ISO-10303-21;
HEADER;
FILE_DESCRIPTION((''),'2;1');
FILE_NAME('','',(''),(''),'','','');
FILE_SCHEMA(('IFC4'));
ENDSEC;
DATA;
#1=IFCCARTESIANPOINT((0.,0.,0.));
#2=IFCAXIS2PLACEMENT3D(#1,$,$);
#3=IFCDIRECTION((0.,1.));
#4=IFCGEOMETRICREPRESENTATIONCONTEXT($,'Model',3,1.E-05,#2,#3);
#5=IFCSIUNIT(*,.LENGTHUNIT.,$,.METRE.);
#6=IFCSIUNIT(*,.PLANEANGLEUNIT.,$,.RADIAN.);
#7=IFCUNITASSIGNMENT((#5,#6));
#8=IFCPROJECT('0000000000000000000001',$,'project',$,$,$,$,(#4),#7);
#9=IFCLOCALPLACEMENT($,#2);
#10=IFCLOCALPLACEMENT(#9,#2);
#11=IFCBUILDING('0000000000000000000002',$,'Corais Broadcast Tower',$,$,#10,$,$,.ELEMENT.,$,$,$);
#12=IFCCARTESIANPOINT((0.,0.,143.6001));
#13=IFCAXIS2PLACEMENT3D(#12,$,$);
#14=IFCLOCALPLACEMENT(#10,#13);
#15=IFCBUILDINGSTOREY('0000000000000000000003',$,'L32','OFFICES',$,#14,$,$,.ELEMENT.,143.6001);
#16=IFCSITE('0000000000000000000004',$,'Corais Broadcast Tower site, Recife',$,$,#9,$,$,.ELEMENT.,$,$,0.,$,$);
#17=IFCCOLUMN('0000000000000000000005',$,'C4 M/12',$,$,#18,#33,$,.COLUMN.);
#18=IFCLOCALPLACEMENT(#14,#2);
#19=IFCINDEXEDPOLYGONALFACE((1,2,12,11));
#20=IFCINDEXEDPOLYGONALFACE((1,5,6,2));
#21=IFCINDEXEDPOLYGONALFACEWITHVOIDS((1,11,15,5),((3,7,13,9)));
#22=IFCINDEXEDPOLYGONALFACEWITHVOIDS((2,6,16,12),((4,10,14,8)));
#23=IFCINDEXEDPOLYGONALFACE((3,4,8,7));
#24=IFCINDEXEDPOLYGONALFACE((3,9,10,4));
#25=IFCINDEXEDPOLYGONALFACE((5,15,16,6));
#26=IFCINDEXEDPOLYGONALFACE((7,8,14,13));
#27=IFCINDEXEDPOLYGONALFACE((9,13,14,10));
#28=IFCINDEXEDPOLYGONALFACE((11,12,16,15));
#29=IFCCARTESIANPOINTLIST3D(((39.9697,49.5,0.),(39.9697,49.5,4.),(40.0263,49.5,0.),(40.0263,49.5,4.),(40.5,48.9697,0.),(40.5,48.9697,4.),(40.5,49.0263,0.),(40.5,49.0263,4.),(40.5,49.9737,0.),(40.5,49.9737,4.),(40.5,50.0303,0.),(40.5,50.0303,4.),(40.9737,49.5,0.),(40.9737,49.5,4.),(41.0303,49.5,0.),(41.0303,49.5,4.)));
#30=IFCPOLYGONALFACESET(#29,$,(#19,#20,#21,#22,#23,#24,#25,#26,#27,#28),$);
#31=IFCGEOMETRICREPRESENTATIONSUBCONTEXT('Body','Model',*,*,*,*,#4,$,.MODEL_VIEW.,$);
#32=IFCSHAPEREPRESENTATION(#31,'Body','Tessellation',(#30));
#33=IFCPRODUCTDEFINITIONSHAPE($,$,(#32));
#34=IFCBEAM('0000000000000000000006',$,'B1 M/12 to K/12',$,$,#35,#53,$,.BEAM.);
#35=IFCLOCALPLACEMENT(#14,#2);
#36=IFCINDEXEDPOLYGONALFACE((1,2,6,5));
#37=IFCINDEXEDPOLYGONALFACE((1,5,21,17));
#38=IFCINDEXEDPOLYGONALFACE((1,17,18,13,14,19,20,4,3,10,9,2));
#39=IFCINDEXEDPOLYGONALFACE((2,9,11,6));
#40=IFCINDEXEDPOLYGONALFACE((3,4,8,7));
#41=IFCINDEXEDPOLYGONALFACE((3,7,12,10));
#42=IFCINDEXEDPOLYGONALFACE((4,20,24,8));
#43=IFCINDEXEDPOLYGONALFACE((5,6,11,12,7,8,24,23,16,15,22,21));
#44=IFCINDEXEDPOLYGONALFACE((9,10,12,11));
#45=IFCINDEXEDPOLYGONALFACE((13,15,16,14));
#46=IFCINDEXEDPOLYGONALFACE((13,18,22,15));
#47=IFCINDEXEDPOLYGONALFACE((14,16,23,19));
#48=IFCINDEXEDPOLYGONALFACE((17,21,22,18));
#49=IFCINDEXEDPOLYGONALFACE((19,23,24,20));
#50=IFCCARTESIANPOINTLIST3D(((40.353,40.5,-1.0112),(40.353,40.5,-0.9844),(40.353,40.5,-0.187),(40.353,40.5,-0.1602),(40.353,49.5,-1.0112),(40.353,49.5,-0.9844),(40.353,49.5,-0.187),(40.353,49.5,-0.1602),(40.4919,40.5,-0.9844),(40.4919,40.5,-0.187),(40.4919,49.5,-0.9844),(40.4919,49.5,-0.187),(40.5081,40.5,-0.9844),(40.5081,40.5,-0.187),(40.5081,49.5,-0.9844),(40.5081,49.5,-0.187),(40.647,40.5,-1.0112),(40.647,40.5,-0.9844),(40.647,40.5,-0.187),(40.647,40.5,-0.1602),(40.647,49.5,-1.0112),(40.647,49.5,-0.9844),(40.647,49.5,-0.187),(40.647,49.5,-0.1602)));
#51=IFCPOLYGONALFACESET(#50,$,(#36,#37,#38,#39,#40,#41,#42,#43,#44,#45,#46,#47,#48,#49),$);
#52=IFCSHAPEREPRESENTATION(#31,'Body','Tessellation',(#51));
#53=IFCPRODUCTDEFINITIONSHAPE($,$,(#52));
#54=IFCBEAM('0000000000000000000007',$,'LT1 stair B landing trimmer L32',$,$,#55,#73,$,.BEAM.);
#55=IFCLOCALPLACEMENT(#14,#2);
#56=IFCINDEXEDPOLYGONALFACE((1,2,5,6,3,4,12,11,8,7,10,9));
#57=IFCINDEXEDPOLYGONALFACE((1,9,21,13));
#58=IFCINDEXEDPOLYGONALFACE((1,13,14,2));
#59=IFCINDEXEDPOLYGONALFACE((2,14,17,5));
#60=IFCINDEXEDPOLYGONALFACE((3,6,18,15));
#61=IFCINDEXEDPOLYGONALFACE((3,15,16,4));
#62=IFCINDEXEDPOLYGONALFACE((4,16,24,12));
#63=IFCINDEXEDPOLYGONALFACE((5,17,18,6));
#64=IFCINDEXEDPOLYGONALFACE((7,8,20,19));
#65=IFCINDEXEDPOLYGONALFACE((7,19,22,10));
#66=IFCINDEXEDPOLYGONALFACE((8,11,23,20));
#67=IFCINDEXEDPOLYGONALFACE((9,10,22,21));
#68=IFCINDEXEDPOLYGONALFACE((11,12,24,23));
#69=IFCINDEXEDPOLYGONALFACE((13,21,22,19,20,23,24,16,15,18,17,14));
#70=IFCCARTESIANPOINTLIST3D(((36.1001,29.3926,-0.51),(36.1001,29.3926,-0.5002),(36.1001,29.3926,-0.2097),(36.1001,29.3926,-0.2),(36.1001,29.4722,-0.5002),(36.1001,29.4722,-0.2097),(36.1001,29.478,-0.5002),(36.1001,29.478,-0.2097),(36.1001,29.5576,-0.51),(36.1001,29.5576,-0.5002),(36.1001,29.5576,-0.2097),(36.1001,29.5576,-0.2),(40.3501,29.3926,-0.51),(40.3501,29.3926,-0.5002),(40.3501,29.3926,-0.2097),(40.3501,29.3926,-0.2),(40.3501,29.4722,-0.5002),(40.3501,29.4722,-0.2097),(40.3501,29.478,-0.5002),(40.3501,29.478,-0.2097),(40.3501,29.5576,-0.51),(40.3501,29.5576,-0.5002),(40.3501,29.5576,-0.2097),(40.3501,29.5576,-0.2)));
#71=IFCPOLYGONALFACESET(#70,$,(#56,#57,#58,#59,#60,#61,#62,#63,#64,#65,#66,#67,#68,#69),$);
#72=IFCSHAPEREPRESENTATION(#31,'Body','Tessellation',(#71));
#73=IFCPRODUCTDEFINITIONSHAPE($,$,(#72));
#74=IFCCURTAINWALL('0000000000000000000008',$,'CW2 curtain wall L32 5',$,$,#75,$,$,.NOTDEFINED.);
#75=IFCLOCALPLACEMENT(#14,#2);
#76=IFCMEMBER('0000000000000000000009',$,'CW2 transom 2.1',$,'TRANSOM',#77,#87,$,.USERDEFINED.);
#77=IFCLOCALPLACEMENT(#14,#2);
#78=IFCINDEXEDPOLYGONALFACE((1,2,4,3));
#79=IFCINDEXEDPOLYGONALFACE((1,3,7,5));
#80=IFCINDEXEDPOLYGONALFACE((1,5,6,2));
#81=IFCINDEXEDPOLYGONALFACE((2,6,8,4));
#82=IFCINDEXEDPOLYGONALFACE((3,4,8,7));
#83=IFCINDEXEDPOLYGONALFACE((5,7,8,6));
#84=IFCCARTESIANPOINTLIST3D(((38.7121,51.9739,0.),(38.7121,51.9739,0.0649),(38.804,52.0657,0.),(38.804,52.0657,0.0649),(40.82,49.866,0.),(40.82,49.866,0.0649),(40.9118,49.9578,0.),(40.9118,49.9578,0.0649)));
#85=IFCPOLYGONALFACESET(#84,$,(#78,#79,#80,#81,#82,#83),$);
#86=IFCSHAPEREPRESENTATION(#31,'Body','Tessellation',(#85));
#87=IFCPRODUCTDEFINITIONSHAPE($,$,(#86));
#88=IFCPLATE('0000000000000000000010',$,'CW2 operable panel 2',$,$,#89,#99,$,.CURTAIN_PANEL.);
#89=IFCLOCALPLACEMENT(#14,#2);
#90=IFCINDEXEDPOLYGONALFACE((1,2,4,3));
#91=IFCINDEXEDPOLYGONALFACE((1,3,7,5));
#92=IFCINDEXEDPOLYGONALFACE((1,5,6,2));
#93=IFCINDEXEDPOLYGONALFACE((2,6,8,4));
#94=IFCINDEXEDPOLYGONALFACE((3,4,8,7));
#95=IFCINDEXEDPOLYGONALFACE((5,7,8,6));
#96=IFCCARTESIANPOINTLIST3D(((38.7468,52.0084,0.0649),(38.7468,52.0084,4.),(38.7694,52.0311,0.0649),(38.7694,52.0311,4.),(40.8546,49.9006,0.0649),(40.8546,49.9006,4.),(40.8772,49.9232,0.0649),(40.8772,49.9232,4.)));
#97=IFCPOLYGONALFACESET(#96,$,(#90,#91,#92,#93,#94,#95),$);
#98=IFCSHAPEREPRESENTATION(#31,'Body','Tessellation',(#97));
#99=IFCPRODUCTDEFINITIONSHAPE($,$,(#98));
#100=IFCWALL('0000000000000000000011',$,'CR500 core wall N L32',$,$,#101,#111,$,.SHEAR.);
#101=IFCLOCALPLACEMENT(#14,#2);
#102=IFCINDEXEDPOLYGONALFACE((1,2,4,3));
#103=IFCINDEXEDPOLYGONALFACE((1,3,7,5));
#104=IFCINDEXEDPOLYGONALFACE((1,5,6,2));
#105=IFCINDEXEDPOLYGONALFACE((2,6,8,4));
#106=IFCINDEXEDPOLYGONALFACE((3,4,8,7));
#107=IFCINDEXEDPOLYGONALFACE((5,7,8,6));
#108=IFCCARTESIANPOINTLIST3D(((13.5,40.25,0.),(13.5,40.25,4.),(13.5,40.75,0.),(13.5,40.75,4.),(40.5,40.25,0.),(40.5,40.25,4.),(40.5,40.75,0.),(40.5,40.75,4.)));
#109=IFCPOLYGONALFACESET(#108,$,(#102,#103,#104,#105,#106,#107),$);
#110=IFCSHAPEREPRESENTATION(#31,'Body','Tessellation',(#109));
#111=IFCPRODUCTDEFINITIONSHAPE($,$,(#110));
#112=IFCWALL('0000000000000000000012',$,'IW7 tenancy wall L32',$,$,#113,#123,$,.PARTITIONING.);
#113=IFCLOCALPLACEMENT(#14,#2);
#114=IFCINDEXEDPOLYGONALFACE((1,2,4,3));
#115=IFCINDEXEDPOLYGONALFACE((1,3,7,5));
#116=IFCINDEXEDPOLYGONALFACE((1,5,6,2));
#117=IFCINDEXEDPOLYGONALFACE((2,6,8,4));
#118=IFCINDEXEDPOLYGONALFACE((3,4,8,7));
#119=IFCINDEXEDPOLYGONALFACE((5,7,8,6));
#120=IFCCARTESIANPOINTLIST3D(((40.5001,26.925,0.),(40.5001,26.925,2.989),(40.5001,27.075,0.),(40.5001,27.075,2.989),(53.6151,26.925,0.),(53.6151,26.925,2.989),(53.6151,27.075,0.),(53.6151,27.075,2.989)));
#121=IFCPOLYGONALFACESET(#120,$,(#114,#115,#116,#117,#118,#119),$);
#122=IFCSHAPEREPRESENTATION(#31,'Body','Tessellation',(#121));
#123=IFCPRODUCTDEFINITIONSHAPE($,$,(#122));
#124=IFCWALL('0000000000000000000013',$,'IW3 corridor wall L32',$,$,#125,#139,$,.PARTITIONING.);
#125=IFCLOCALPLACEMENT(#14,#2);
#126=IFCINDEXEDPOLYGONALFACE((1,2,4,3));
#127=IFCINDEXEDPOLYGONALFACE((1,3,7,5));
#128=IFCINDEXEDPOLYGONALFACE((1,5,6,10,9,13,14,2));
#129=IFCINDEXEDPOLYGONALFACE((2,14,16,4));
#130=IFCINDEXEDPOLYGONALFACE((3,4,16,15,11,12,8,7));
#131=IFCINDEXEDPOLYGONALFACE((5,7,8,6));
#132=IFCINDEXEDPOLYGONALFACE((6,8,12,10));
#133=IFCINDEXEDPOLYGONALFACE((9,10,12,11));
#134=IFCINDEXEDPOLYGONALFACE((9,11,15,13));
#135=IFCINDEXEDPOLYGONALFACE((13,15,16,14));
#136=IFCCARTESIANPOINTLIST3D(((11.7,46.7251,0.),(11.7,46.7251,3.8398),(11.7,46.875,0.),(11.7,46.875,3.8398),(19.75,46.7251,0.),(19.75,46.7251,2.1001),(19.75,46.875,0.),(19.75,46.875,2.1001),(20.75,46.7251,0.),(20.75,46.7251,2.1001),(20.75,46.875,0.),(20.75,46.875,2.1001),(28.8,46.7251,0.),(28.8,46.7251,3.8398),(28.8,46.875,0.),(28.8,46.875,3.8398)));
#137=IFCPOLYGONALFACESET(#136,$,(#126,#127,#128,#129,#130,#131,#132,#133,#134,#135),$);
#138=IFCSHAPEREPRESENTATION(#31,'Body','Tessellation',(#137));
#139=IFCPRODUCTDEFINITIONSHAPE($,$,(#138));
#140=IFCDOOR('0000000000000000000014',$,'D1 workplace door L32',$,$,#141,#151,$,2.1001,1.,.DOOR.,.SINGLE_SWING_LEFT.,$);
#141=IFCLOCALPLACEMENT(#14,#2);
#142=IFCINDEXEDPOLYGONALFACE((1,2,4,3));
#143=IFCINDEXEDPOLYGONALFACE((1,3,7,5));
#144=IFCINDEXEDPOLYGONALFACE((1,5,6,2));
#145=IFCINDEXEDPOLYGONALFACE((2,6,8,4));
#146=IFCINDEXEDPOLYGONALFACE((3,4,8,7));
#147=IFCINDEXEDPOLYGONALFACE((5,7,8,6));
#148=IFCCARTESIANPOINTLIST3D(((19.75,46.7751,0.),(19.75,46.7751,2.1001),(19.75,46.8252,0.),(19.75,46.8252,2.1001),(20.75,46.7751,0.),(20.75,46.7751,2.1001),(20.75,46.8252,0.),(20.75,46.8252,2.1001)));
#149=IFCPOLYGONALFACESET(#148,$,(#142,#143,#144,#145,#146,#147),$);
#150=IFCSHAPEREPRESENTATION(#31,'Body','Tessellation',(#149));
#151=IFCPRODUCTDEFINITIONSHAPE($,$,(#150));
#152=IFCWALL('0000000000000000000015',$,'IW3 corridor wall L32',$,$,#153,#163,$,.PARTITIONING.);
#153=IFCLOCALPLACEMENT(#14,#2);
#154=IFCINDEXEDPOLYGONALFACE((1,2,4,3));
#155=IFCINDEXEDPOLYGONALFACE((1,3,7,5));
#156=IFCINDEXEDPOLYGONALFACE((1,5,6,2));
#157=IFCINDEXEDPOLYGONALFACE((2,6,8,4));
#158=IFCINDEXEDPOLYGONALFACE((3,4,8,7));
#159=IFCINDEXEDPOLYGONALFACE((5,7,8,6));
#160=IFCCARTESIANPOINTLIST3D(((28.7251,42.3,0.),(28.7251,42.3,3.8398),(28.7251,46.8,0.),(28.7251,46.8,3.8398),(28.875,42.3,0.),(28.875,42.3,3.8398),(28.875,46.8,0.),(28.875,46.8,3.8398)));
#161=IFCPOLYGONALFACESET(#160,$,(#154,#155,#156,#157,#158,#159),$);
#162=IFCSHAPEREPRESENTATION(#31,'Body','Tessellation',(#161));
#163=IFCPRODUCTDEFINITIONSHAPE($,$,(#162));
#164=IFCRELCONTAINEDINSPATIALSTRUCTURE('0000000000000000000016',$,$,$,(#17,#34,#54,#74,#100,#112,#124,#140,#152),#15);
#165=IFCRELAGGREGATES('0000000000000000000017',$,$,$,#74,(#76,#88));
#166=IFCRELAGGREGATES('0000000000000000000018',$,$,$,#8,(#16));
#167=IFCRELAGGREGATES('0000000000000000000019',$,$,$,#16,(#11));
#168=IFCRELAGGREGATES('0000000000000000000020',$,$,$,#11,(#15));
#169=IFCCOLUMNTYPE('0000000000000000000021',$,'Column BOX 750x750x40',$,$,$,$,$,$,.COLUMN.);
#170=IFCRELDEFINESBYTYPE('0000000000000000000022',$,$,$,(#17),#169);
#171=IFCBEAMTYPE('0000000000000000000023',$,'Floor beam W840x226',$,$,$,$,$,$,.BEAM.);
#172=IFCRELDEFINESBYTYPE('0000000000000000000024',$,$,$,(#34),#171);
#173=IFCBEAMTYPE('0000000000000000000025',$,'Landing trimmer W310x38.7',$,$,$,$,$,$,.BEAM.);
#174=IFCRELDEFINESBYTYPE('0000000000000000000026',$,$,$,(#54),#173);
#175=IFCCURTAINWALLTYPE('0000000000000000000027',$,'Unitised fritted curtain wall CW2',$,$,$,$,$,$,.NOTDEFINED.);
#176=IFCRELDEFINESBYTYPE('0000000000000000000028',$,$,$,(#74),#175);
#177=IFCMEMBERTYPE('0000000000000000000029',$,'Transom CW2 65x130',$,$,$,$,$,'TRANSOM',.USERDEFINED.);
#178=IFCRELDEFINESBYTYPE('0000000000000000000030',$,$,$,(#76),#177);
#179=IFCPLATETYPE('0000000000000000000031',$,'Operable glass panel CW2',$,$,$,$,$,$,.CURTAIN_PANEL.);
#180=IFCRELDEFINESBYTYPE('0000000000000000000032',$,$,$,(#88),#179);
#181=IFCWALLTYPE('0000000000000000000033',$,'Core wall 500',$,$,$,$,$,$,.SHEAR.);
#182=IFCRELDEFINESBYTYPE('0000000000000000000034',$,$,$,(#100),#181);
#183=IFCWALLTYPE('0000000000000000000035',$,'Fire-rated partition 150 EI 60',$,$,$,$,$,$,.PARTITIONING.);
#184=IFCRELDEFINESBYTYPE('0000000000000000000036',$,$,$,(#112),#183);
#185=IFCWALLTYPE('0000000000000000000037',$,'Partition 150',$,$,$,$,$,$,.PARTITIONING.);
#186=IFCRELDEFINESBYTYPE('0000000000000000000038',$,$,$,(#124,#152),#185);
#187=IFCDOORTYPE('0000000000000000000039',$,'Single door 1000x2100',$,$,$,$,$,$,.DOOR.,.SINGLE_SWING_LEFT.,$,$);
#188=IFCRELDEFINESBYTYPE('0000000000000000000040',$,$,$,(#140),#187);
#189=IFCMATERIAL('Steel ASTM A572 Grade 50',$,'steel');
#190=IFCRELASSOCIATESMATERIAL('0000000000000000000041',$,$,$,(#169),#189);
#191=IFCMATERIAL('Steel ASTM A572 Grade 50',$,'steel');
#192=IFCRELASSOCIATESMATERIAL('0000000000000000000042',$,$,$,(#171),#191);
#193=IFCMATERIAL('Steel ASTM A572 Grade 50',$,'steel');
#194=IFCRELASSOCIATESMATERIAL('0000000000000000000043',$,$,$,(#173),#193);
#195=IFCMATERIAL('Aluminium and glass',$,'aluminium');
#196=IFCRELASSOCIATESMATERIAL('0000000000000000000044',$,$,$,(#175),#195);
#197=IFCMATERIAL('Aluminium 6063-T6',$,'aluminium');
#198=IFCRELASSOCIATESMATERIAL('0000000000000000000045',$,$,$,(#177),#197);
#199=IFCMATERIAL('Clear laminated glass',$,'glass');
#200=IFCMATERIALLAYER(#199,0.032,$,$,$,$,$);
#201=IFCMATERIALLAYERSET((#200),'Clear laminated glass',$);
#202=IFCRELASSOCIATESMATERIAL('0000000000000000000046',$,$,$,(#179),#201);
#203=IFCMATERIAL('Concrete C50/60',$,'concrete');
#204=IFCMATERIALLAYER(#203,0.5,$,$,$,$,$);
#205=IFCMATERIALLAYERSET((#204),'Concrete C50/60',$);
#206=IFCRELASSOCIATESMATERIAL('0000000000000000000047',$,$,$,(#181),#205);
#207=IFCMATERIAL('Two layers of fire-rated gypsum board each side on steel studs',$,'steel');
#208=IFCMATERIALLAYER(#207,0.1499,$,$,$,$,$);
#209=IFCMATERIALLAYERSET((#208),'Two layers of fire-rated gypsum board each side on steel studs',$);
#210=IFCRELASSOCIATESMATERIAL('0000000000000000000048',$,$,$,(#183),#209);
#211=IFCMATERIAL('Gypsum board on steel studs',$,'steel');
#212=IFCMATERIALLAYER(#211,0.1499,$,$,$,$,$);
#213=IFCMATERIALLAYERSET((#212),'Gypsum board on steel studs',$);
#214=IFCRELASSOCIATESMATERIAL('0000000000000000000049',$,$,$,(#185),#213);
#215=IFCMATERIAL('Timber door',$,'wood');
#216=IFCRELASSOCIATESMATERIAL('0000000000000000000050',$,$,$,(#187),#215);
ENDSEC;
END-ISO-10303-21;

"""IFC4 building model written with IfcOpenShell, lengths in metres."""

from ifc_helpers import new_model, si_unit, direction, frame, frame_2d, origin, origin_2d, place, context, subcontext, project, spatial, rectangle, hollow_rectangle, i_section, extrude, material, layer, layer_set, material_profile, profile_set, type_object, element, fill, aggregate, save


model = new_model("IFC4")

# Units and contexts
model_context = context("Model", 3, precision=1e-05, world=origin(), true_north=direction((0.0, 1.0)))
body_context = subcontext(model_context, "Body", "Model", "MODEL_VIEW")
ifc_project = project(units=[si_unit("LENGTHUNIT", "METRE"), si_unit("PLANEANGLEUNIT", "RADIAN")], contexts=[model_context])

# Site, building, storey
site_placement = place(None, origin())
site = spatial("IfcSite", under=ifc_project, at=site_placement, Name="Corais Broadcast Tower site, Recife", CompositionType="ELEMENT", RefElevation=0.0)
building_placement = place(site_placement, origin())
building = spatial("IfcBuilding", under=site, at=building_placement, Name="Corais Broadcast Tower", CompositionType="ELEMENT")
storey_placement = place(building_placement, frame((0.0, 0.0, 143.6001)))
storey = spatial("IfcBuildingStorey", under=building, at=storey_placement, Name="L32", Description="OFFICES", CompositionType="ELEMENT", Elevation=143.6001)

# Column
ifc_material_1 = material(Name="Steel ASTM A572 Grade 50", Category="steel")
ifc_material_profile_1 = material_profile(ifc_material_1, hollow_rectangle(XDim=0.75, YDim=0.75, WallThickness=0.04, at=origin_2d()), Name="BOX 750x750x40")
ifc_profile_set_1 = profile_set([ifc_material_profile_1], Name="Steel ASTM A572 Grade 50")
column_type = type_object("IfcColumnType", Name="Column BOX 750x750x40", PredefinedType="COLUMN", material=ifc_profile_set_1)
column_placement = place(storey_placement, frame((40.5, 49.5, 0.0), z_axis=(0.0, 0.0, 1.0), x_axis=(0.707107, 0.707107, 0.0)))
element("IfcColumn", 1, at=column_placement, inside=storey, type_object=column_type, Name="C4 M/12", PredefinedType="COLUMN", context=body_context, shape_type="SweptSolid", body=[
    extrude(hollow_rectangle(XDim=0.75, YDim=0.75, WallThickness=0.04, at=origin_2d()), origin(), (0.0, 0.0, 1.0), 4.0),
])

# Beams
ifc_material_2 = material(Name="Steel ASTM A572 Grade 50", Category="steel")
ifc_material_profile_2 = material_profile(ifc_material_2, i_section(OverallWidth=0.2939, OverallDepth=0.8511, WebThickness=0.0161, FlangeThickness=0.0269, at=origin_2d()), Name="W840x226")
ifc_profile_set_2 = profile_set([ifc_material_profile_2], Name="Steel ASTM A572 Grade 50")
beam_type_1 = type_object("IfcBeamType", Name="Floor beam W840x226", PredefinedType="BEAM", material=ifc_profile_set_2)
beam_1_placement = place(storey_placement, frame((40.5, 49.5, -0.5857), z_axis=(0.0, -1.0, 0.0), x_axis=(1.0, 0.0, 0.0)))
element("IfcBeam", 2, at=beam_1_placement, inside=storey, type_object=beam_type_1, Name="B1 M/12 to K/12", PredefinedType="BEAM", context=body_context, shape_type="SweptSolid", body=[
    extrude(i_section(OverallWidth=0.2939, OverallDepth=0.8511, WebThickness=0.0161, FlangeThickness=0.0269, at=origin_2d()), origin(), (0.0, 0.0, 1.0), 9.0),
])
ifc_material_3 = material(Name="Steel ASTM A572 Grade 50", Category="steel")
ifc_material_profile_3 = material_profile(ifc_material_3, i_section(OverallWidth=0.165, OverallDepth=0.3101, WebThickness=0.0059, FlangeThickness=0.0098, at=origin_2d()), Name="W310x38.7")
ifc_profile_set_3 = profile_set([ifc_material_profile_3], Name="Steel ASTM A572 Grade 50")
beam_type_2 = type_object("IfcBeamType", Name="Landing trimmer W310x38.7", PredefinedType="BEAM", material=ifc_profile_set_3)
beam_2_placement = place(storey_placement, frame((36.1001, 29.4751, -0.355), z_axis=(1.0, 0.0, 0.0), x_axis=(0.0, 1.0, 0.0)))
element("IfcBeam", 3, at=beam_2_placement, inside=storey, type_object=beam_type_2, Name="LT1 stair B landing trimmer L32", PredefinedType="BEAM", context=body_context, shape_type="SweptSolid", body=[
    extrude(i_section(OverallWidth=0.165, OverallDepth=0.3101, WebThickness=0.0059, FlangeThickness=0.0098, at=origin_2d()), origin(), (0.0, 0.0, 1.0), 4.25),
])

# Curtain wall, member, plate
ifc_material_4 = material(Name="Aluminium and glass", Category="aluminium")
curtain_wall_type = type_object("IfcCurtainWallType", Name="Unitised fritted curtain wall CW2", PredefinedType="NOTDEFINED", material=ifc_material_4)
curtain_wall_placement = place(storey_placement, origin())
curtain_wall = element("IfcCurtainWall", 4, at=curtain_wall_placement, inside=storey, type_object=curtain_wall_type, Name="CW2 curtain wall L32 5", PredefinedType="NOTDEFINED")
ifc_material_5 = material(Name="Aluminium 6063-T6", Category="aluminium")
ifc_material_profile_4 = material_profile(ifc_material_5, rectangle(XDim=0.1299, YDim=0.0649, at=origin_2d()), Name="Transom CW2 65x130")
ifc_profile_set_4 = profile_set([ifc_material_profile_4], Name="Aluminium 6063-T6")
member_type = type_object("IfcMemberType", Name="Transom CW2 65x130", ElementType="TRANSOM", PredefinedType="USERDEFINED", material=ifc_profile_set_4)
member_placement = place(storey_placement, frame((38.7581, 52.0198, 0.0325), z_axis=(0.707107, -0.707107, 0.0), x_axis=(0.707107, 0.707107, 0.0)))
member = element("IfcMember", 5, at=member_placement, type_object=member_type, Name="CW2 transom 2.1", ObjectType="TRANSOM", PredefinedType="USERDEFINED", context=body_context, shape_type="SweptSolid", body=[
    extrude(rectangle(XDim=0.1299, YDim=0.0649, at=origin_2d()), origin(), (0.0, 0.0, 1.0), 2.981),
])
ifc_material_6 = material(Name="Clear laminated glass", Category="glass")
ifc_layer_1 = layer(ifc_material_6, 0.032)
ifc_layer_set_1 = layer_set([ifc_layer_1], Name="Clear laminated glass")
plate_type = type_object("IfcPlateType", Name="Operable glass panel CW2", PredefinedType="CURTAIN_PANEL", material=ifc_layer_set_1)
plate_placement = place(storey_placement, frame((39.812, 50.9658, 0.0649), z_axis=(0.0, 0.0, 1.0), x_axis=(0.707107, -0.707107, 0.0)))
plate = element("IfcPlate", 6, at=plate_placement, type_object=plate_type, Name="CW2 operable panel 2", PredefinedType="CURTAIN_PANEL", context=body_context, shape_type="SweptSolid", body=[
    extrude(rectangle(XDim=2.981, YDim=0.032, at=origin_2d()), origin(), (0.0, 0.0, 1.0), 3.9351),
])
aggregate(curtain_wall, [member, plate])

# Walls
ifc_material_7 = material(Name="Concrete C50/60", Category="concrete")
ifc_layer_2 = layer(ifc_material_7, 0.5)
ifc_layer_set_2 = layer_set([ifc_layer_2], Name="Concrete C50/60")
wall_type_1 = type_object("IfcWallType", Name="Core wall 500", PredefinedType="SHEAR", material=ifc_layer_set_2)
wall_1_placement = place(storey_placement, frame((40.5, 40.5, 0.0), z_axis=(0.0, 0.0, 1.0), x_axis=(-1.0, 0.0, 0.0)))
element("IfcWall", 7, at=wall_1_placement, inside=storey, type_object=wall_type_1, Name="CR500 core wall N L32", PredefinedType="SHEAR", context=body_context, shape_type="SweptSolid", body=[
    extrude(rectangle(XDim=27.0, YDim=0.5, at=frame_2d((13.5, 0.0))), origin(), (0.0, 0.0, 1.0), 4.0),
])
ifc_material_8 = material(Name="Two layers of fire-rated gypsum board each side on steel studs", Category="steel")
ifc_layer_3 = layer(ifc_material_8, 0.1499)
ifc_layer_set_3 = layer_set([ifc_layer_3], Name="Two layers of fire-rated gypsum board each side on steel studs")
wall_type_2 = type_object("IfcWallType", Name="Fire-rated partition 150 EI 60", PredefinedType="PARTITIONING", material=ifc_layer_set_3)
wall_2_placement = place(storey_placement, frame((40.5, 27.0, 0.0), z_axis=(0.0, 0.0, 1.0), x_axis=(1.0, 0.0, 0.0)))
element("IfcWall", 8, at=wall_2_placement, inside=storey, type_object=wall_type_2, Name="IW7 tenancy wall L32", PredefinedType="PARTITIONING", context=body_context, shape_type="SweptSolid", body=[
    extrude(rectangle(XDim=13.115, YDim=0.1499, at=frame_2d((6.5576, 0.0))), origin(), (0.0, 0.0, 1.0), 2.989),
])

# Wall, opening, door
ifc_material_9 = material(Name="Gypsum board on steel studs", Category="steel")
ifc_layer_4 = layer(ifc_material_9, 0.1499)
ifc_layer_set_4 = layer_set([ifc_layer_4], Name="Gypsum board on steel studs")
wall_type_3 = type_object("IfcWallType", Name="Partition 150", PredefinedType="PARTITIONING", material=ifc_layer_set_4)
wall_3_placement = place(storey_placement, frame((28.8, 46.8, 0.0), z_axis=(0.0, 0.0, 1.0), x_axis=(-1.0, 0.0, 0.0)))
wall_3 = element("IfcWall", 9, at=wall_3_placement, inside=storey, type_object=wall_type_3, Name="IW3 corridor wall L32", PredefinedType="PARTITIONING", context=body_context, shape_type="SweptSolid", body=[
    extrude(rectangle(XDim=17.1001, YDim=0.1499, at=frame_2d((8.55, 0.0))), origin(), (0.0, 0.0, 1.0), 3.8398),
])
opening_1_placement = place(wall_3_placement, frame((8.05, 0.0, 0.0)))
opening_1 = element("IfcOpeningElement", 10, at=opening_1_placement, cuts=wall_3, PredefinedType="OPENING", context=body_context, shape_type="SweptSolid", body=[
    extrude(rectangle(XDim=1.0, YDim=2.1001, at=frame_2d((0.5, 1.05))), frame((0.0, 0.085, 0.0), z_axis=(0.0, -1.0, 0.0), x_axis=(1.0, 0.0, 0.0)), (0.0, 0.0, 1.0), 0.1699),
])
ifc_material_10 = material(Name="Timber door", Category="wood")
door_type = type_object("IfcDoorType", Name="Single door 1000x2100", OperationType="SINGLE_SWING_LEFT", PredefinedType="DOOR", material=ifc_material_10)
door_1_placement = place(opening_1_placement, origin())
door_1 = element("IfcDoor", 11, at=door_1_placement, inside=storey, type_object=door_type, Name="D1 workplace door L32", OperationType="SINGLE_SWING_LEFT", OverallHeight=2.1001, OverallWidth=1.0, PredefinedType="DOOR", context=body_context, shape_type="SweptSolid", body=[
    extrude(rectangle(XDim=1.0, YDim=2.1001, at=frame_2d((0.5, 1.05))), frame((0.0, 0.0249, 0.0), z_axis=(0.0, -1.0, 0.0), x_axis=(1.0, 0.0, 0.0)), (0.0, 0.0, 1.0), 0.05),
])
fill(opening_1, door_1)

# Wall
wall_4_placement = place(storey_placement, frame((28.8, 42.3, 0.0), z_axis=(0.0, 0.0, 1.0), x_axis=(0.0, 1.0, 0.0)))
element("IfcWall", 12, at=wall_4_placement, inside=storey, type_object=wall_type_3, Name="IW3 corridor wall L32", PredefinedType="PARTITIONING", context=body_context, shape_type="SweptSolid", body=[
    extrude(rectangle(XDim=4.5, YDim=0.1499, at=frame_2d((2.25, 0.0))), origin(), (0.0, 0.0, 1.0), 3.8398),
])

save(model, "model.ifc")
